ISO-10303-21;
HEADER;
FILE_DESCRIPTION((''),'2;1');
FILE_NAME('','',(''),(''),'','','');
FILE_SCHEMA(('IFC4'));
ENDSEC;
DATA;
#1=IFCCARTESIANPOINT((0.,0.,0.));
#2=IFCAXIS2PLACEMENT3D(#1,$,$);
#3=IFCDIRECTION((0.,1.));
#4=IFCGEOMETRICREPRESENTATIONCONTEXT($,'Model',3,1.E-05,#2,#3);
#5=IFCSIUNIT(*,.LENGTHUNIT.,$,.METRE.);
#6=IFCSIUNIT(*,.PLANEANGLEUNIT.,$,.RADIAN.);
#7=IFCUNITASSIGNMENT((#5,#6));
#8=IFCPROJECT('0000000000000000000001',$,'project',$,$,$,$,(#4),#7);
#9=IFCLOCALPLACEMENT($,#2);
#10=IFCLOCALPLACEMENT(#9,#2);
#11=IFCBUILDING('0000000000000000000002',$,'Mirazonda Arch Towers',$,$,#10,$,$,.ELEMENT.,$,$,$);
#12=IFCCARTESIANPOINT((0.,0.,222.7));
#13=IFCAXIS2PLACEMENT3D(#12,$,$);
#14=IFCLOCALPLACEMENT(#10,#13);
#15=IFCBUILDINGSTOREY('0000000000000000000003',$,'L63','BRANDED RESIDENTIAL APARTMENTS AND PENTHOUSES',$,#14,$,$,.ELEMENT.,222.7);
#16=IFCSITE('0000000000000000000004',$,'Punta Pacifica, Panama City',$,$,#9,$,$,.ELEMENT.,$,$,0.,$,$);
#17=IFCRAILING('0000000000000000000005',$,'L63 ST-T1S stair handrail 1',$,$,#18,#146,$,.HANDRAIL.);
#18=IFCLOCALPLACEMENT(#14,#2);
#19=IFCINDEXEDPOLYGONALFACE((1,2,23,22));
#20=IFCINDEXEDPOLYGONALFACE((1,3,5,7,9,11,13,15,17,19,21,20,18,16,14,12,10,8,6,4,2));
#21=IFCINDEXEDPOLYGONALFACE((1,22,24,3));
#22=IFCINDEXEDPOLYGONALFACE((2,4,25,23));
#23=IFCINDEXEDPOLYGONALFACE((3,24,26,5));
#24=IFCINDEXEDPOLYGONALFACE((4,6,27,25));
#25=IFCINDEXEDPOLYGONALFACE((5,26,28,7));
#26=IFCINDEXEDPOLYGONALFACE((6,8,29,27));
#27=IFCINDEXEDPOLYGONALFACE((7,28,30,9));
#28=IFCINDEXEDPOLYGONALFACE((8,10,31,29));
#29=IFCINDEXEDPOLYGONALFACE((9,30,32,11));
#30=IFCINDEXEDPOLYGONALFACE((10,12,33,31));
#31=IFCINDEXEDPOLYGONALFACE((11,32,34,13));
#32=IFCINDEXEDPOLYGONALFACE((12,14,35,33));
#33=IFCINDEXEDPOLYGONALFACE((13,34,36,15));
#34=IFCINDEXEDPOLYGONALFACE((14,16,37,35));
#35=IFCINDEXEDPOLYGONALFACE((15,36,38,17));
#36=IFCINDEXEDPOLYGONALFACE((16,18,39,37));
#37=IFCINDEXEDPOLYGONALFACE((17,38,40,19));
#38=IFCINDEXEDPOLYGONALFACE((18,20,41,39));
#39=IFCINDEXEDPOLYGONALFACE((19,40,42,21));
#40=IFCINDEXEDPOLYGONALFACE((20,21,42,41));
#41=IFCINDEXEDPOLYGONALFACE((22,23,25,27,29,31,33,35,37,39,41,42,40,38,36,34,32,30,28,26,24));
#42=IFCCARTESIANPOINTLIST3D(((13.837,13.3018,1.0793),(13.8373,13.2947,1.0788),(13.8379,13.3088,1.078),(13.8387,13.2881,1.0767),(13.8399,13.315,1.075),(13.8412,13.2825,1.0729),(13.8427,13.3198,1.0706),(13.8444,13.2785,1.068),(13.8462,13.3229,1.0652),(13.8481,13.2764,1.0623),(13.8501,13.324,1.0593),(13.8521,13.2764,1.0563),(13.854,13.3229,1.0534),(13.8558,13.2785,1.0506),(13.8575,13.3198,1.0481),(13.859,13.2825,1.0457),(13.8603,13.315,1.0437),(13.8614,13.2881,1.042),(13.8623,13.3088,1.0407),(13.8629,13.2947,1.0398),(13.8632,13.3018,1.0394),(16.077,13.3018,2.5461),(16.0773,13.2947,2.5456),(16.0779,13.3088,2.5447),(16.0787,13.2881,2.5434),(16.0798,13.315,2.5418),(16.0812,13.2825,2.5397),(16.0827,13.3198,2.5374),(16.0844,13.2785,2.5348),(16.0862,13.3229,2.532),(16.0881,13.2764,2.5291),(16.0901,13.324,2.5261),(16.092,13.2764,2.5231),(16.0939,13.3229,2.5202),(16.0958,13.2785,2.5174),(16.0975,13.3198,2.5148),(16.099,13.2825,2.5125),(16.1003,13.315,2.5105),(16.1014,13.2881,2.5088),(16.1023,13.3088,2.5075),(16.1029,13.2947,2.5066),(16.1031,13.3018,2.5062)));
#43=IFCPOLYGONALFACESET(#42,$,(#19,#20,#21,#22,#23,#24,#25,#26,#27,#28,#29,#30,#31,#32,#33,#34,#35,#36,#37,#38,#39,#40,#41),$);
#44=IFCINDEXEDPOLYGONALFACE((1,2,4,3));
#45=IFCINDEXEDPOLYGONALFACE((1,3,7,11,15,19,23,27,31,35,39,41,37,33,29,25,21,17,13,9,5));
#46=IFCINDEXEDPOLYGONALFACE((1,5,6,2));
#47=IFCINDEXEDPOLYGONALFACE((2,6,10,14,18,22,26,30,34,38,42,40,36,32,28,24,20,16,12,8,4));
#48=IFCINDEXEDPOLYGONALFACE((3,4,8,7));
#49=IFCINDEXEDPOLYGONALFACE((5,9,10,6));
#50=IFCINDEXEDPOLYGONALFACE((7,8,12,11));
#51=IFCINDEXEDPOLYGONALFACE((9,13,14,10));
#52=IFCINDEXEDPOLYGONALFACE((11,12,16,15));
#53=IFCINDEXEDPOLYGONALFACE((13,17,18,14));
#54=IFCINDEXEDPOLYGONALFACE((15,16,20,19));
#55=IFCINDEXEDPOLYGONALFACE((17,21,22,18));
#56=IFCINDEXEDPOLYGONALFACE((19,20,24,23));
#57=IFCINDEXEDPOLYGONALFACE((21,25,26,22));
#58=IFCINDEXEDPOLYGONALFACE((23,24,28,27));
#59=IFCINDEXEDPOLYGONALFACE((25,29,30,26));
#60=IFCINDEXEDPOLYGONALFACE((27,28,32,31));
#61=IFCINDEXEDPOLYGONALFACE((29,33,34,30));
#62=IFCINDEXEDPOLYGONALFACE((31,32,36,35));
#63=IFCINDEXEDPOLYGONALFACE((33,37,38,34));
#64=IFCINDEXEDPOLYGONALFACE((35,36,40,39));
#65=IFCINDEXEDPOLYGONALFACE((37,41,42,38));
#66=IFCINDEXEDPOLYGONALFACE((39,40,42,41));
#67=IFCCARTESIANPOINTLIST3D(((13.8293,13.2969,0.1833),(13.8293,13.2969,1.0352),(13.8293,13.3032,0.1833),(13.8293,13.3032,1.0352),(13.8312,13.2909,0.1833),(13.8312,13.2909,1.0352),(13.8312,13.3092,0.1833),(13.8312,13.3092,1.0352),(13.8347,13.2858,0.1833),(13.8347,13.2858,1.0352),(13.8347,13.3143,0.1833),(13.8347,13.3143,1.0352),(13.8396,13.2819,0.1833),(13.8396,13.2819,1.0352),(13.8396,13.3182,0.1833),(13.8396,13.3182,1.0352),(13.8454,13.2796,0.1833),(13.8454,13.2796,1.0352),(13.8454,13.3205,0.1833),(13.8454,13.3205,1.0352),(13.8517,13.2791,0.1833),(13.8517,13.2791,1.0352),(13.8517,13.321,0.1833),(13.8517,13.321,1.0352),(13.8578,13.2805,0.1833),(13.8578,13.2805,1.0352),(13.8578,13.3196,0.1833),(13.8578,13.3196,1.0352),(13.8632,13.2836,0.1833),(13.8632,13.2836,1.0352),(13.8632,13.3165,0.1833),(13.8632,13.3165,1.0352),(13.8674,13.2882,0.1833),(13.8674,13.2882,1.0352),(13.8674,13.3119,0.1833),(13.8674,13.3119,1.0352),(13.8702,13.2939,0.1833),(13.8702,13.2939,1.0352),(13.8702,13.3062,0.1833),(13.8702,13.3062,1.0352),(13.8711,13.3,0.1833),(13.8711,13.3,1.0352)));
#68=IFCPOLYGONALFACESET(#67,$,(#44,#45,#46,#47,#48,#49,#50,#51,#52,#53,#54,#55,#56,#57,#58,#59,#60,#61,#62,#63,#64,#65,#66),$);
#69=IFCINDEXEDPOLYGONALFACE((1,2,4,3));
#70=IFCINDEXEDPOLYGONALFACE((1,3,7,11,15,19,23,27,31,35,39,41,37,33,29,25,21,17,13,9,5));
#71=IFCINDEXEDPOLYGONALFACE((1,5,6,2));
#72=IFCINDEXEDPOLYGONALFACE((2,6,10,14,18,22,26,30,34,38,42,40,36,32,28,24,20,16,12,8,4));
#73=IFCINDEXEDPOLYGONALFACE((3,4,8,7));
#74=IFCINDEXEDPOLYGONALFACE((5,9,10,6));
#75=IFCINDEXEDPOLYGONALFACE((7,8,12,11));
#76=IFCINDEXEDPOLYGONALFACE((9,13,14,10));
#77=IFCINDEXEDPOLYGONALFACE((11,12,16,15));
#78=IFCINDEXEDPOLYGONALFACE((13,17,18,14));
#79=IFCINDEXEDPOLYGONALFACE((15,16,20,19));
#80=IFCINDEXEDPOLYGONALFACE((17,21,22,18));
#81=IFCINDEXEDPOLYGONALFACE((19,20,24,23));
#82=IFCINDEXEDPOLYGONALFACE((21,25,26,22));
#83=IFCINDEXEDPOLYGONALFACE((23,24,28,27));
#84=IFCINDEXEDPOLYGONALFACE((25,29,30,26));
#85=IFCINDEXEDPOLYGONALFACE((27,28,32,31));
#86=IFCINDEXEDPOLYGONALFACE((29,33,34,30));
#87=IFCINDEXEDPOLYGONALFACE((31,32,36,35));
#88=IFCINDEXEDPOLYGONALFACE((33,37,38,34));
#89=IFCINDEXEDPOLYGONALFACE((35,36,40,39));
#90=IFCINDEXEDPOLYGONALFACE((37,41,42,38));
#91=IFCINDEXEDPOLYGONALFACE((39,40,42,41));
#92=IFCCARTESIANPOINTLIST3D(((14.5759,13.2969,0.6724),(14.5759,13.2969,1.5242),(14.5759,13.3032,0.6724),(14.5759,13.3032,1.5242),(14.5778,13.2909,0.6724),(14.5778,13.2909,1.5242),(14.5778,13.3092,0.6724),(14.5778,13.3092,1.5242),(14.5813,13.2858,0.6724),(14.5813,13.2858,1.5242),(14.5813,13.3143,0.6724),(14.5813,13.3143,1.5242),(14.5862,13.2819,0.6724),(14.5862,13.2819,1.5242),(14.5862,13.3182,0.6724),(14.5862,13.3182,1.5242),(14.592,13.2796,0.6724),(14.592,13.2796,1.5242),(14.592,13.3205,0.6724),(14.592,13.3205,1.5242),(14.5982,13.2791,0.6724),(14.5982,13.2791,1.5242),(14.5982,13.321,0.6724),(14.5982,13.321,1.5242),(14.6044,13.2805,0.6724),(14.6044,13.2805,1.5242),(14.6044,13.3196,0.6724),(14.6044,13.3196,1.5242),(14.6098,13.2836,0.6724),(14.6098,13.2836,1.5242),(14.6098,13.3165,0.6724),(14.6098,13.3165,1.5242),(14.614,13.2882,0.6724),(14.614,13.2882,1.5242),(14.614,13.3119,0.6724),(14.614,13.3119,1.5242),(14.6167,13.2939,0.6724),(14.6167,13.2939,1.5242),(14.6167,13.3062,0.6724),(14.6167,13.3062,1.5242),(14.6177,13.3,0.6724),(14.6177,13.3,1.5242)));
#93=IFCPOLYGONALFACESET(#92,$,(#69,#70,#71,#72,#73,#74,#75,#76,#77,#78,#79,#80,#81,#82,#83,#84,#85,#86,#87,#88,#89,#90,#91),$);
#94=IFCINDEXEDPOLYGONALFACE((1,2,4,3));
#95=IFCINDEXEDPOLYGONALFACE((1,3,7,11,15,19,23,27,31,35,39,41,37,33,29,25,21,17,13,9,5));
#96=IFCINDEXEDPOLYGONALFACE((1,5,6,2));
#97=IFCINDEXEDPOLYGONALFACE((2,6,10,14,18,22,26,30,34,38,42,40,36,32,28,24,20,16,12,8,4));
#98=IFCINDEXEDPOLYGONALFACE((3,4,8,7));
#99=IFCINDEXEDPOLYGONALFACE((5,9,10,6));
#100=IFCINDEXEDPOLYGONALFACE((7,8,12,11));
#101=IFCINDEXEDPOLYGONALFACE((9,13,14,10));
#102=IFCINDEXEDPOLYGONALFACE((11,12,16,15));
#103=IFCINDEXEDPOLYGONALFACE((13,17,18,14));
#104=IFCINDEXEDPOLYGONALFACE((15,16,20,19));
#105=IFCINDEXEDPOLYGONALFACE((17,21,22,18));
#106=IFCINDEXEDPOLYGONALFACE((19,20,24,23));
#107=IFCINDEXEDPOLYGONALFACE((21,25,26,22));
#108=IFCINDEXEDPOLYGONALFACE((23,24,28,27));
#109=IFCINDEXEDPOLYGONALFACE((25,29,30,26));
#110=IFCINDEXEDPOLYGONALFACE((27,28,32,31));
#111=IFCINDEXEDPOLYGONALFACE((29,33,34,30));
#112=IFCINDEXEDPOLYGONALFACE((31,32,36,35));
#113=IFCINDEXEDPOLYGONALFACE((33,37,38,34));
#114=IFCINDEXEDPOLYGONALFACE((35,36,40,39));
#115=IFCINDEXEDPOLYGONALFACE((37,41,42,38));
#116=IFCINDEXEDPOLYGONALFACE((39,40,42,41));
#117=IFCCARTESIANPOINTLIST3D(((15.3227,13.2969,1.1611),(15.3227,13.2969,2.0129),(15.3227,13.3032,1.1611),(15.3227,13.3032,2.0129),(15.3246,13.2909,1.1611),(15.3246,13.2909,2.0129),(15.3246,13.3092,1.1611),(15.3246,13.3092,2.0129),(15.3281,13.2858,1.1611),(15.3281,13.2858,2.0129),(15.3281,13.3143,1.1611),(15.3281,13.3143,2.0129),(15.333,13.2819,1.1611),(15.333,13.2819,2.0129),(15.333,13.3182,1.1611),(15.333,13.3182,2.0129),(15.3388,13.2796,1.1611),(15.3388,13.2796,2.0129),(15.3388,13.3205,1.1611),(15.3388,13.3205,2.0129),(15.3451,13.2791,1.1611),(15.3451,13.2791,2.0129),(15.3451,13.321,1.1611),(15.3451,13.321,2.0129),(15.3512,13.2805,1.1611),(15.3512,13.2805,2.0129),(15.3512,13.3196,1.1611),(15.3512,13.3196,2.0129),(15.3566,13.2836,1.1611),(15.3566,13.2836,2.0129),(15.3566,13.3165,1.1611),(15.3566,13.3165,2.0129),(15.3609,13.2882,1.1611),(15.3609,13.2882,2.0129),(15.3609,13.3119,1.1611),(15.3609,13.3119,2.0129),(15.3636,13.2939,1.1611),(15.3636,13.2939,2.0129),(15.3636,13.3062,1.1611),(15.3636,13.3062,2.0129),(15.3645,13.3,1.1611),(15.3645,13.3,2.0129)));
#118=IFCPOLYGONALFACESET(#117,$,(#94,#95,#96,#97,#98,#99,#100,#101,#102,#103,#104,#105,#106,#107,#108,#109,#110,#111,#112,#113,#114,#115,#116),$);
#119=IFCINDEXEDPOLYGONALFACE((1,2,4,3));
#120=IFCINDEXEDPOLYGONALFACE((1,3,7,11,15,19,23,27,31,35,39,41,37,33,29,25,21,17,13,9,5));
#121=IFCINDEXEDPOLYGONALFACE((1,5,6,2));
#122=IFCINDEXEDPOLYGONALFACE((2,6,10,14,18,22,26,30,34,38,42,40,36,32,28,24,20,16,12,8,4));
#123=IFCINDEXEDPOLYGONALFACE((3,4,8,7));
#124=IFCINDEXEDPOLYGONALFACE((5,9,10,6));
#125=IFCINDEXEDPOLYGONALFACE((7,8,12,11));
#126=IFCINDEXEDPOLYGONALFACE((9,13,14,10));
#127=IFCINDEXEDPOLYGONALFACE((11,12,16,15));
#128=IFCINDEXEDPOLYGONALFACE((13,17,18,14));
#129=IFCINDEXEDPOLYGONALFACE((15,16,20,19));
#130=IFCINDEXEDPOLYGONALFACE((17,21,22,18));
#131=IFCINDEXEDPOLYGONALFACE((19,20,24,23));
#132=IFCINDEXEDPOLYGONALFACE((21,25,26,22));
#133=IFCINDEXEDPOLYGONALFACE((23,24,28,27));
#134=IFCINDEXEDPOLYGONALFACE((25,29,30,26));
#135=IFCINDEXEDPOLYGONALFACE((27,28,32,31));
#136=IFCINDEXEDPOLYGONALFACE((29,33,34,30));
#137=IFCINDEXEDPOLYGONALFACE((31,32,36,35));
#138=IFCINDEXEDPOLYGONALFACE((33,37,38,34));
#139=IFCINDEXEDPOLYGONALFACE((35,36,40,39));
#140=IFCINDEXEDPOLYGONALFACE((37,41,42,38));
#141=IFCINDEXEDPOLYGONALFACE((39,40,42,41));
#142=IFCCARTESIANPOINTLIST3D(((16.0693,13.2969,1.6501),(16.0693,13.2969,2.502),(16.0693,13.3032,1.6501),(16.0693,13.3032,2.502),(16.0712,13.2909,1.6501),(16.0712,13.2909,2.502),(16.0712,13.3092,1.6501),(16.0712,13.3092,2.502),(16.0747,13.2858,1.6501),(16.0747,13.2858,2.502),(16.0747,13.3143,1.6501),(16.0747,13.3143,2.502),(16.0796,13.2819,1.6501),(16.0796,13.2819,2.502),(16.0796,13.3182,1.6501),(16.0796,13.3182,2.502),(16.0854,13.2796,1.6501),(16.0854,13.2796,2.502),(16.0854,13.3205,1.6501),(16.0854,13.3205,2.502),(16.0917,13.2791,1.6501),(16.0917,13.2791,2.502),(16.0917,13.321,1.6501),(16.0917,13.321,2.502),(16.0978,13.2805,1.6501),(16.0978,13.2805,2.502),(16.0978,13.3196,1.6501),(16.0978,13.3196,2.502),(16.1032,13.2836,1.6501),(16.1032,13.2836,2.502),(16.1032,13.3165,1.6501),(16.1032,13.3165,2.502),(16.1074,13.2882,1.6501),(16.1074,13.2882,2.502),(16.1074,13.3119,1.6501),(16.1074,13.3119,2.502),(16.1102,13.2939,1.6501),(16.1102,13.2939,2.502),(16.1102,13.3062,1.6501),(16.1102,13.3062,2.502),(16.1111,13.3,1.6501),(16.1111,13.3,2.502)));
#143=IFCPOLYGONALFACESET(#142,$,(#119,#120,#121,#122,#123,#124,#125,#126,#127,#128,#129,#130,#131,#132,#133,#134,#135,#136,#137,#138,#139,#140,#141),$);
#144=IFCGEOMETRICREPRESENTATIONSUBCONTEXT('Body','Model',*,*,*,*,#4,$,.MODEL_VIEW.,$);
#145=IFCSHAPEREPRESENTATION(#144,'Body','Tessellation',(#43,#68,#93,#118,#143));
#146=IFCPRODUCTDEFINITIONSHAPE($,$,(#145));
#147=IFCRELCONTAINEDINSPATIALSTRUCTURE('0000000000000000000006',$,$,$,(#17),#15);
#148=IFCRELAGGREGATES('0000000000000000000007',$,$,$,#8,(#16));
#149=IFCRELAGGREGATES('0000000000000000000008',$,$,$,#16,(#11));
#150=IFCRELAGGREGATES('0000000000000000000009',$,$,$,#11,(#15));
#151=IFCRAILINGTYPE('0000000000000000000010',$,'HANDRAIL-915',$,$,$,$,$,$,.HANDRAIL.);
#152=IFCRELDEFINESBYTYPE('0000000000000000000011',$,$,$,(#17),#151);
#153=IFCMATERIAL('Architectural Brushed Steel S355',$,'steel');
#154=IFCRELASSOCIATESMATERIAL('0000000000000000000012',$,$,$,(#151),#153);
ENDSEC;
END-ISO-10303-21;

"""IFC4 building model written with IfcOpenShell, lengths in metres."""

from ifc_helpers import new_model, si_unit, direction, frame, origin, origin_2d, place, context, subcontext, project, spatial, circle, extrude, material, type_object, element, save


model = new_model("IFC4")

# Units and contexts
model_context = context("Model", 3, precision=1e-05, world=origin(), true_north=direction((0.0, 1.0)))
body_context = subcontext(model_context, "Body", "Model", "MODEL_VIEW")
ifc_project = project(units=[si_unit("LENGTHUNIT", "METRE"), si_unit("PLANEANGLEUNIT", "RADIAN")], contexts=[model_context])

# Site, building, storey
site_placement = place(None, origin())
site = spatial("IfcSite", under=ifc_project, at=site_placement, Name="Punta Pacifica, Panama City", CompositionType="ELEMENT", RefElevation=0.0)
building_placement = place(site_placement, origin())
building = spatial("IfcBuilding", under=site, at=building_placement, Name="Mirazonda Arch Towers", CompositionType="ELEMENT")
storey_placement = place(building_placement, frame((0.0, 0.0, 222.7)))
storey = spatial("IfcBuildingStorey", under=building, at=storey_placement, Name="L63", Description="BRANDED RESIDENTIAL APARTMENTS AND PENTHOUSES", CompositionType="ELEMENT", Elevation=222.7)

# Shared definitions
ifc_material_1 = material(Name="Architectural Brushed Steel S355", Category="steel")

# Railing
railing_type_1 = type_object("IfcRailingType", Name="HANDRAIL-915", PredefinedType="HANDRAIL", material=ifc_material_1)
railing_1_placement = place(storey_placement, frame((13.8501, 13.3, 0.1833)))
element("IfcRailing", 1, at=railing_1_placement, inside=storey, type_object=railing_type_1, Name="L63 ST-T1S stair handrail 1", PredefinedType="HANDRAIL", context=body_context, shape_type="SweptSolid", body=[
    extrude(circle(Radius=0.0239, at=origin_2d()), frame((0.0, 0.0, 0.876), z_axis=(0.836595, 0.0, 0.547822), x_axis=(0.0, 1.0, 0.0)), (0.0, 0.0, 1.0), 2.6775),
    extrude(circle(Radius=0.021, at=origin_2d()), origin(), (0.0, 0.0, 1.0), 0.8518),
    extrude(circle(Radius=0.021, at=origin_2d()), frame((0.7466, 0.0, 0.489)), (0.0, 0.0, 1.0), 0.8518),
    extrude(circle(Radius=0.021, at=origin_2d()), frame((1.4934, 0.0, 0.9778)), (0.0, 0.0, 1.0), 0.8518),
    extrude(circle(Radius=0.021, at=origin_2d()), frame((2.24, 0.0, 1.4668)), (0.0, 0.0, 1.0), 0.8518),
])

save(model, "model.ifc")
